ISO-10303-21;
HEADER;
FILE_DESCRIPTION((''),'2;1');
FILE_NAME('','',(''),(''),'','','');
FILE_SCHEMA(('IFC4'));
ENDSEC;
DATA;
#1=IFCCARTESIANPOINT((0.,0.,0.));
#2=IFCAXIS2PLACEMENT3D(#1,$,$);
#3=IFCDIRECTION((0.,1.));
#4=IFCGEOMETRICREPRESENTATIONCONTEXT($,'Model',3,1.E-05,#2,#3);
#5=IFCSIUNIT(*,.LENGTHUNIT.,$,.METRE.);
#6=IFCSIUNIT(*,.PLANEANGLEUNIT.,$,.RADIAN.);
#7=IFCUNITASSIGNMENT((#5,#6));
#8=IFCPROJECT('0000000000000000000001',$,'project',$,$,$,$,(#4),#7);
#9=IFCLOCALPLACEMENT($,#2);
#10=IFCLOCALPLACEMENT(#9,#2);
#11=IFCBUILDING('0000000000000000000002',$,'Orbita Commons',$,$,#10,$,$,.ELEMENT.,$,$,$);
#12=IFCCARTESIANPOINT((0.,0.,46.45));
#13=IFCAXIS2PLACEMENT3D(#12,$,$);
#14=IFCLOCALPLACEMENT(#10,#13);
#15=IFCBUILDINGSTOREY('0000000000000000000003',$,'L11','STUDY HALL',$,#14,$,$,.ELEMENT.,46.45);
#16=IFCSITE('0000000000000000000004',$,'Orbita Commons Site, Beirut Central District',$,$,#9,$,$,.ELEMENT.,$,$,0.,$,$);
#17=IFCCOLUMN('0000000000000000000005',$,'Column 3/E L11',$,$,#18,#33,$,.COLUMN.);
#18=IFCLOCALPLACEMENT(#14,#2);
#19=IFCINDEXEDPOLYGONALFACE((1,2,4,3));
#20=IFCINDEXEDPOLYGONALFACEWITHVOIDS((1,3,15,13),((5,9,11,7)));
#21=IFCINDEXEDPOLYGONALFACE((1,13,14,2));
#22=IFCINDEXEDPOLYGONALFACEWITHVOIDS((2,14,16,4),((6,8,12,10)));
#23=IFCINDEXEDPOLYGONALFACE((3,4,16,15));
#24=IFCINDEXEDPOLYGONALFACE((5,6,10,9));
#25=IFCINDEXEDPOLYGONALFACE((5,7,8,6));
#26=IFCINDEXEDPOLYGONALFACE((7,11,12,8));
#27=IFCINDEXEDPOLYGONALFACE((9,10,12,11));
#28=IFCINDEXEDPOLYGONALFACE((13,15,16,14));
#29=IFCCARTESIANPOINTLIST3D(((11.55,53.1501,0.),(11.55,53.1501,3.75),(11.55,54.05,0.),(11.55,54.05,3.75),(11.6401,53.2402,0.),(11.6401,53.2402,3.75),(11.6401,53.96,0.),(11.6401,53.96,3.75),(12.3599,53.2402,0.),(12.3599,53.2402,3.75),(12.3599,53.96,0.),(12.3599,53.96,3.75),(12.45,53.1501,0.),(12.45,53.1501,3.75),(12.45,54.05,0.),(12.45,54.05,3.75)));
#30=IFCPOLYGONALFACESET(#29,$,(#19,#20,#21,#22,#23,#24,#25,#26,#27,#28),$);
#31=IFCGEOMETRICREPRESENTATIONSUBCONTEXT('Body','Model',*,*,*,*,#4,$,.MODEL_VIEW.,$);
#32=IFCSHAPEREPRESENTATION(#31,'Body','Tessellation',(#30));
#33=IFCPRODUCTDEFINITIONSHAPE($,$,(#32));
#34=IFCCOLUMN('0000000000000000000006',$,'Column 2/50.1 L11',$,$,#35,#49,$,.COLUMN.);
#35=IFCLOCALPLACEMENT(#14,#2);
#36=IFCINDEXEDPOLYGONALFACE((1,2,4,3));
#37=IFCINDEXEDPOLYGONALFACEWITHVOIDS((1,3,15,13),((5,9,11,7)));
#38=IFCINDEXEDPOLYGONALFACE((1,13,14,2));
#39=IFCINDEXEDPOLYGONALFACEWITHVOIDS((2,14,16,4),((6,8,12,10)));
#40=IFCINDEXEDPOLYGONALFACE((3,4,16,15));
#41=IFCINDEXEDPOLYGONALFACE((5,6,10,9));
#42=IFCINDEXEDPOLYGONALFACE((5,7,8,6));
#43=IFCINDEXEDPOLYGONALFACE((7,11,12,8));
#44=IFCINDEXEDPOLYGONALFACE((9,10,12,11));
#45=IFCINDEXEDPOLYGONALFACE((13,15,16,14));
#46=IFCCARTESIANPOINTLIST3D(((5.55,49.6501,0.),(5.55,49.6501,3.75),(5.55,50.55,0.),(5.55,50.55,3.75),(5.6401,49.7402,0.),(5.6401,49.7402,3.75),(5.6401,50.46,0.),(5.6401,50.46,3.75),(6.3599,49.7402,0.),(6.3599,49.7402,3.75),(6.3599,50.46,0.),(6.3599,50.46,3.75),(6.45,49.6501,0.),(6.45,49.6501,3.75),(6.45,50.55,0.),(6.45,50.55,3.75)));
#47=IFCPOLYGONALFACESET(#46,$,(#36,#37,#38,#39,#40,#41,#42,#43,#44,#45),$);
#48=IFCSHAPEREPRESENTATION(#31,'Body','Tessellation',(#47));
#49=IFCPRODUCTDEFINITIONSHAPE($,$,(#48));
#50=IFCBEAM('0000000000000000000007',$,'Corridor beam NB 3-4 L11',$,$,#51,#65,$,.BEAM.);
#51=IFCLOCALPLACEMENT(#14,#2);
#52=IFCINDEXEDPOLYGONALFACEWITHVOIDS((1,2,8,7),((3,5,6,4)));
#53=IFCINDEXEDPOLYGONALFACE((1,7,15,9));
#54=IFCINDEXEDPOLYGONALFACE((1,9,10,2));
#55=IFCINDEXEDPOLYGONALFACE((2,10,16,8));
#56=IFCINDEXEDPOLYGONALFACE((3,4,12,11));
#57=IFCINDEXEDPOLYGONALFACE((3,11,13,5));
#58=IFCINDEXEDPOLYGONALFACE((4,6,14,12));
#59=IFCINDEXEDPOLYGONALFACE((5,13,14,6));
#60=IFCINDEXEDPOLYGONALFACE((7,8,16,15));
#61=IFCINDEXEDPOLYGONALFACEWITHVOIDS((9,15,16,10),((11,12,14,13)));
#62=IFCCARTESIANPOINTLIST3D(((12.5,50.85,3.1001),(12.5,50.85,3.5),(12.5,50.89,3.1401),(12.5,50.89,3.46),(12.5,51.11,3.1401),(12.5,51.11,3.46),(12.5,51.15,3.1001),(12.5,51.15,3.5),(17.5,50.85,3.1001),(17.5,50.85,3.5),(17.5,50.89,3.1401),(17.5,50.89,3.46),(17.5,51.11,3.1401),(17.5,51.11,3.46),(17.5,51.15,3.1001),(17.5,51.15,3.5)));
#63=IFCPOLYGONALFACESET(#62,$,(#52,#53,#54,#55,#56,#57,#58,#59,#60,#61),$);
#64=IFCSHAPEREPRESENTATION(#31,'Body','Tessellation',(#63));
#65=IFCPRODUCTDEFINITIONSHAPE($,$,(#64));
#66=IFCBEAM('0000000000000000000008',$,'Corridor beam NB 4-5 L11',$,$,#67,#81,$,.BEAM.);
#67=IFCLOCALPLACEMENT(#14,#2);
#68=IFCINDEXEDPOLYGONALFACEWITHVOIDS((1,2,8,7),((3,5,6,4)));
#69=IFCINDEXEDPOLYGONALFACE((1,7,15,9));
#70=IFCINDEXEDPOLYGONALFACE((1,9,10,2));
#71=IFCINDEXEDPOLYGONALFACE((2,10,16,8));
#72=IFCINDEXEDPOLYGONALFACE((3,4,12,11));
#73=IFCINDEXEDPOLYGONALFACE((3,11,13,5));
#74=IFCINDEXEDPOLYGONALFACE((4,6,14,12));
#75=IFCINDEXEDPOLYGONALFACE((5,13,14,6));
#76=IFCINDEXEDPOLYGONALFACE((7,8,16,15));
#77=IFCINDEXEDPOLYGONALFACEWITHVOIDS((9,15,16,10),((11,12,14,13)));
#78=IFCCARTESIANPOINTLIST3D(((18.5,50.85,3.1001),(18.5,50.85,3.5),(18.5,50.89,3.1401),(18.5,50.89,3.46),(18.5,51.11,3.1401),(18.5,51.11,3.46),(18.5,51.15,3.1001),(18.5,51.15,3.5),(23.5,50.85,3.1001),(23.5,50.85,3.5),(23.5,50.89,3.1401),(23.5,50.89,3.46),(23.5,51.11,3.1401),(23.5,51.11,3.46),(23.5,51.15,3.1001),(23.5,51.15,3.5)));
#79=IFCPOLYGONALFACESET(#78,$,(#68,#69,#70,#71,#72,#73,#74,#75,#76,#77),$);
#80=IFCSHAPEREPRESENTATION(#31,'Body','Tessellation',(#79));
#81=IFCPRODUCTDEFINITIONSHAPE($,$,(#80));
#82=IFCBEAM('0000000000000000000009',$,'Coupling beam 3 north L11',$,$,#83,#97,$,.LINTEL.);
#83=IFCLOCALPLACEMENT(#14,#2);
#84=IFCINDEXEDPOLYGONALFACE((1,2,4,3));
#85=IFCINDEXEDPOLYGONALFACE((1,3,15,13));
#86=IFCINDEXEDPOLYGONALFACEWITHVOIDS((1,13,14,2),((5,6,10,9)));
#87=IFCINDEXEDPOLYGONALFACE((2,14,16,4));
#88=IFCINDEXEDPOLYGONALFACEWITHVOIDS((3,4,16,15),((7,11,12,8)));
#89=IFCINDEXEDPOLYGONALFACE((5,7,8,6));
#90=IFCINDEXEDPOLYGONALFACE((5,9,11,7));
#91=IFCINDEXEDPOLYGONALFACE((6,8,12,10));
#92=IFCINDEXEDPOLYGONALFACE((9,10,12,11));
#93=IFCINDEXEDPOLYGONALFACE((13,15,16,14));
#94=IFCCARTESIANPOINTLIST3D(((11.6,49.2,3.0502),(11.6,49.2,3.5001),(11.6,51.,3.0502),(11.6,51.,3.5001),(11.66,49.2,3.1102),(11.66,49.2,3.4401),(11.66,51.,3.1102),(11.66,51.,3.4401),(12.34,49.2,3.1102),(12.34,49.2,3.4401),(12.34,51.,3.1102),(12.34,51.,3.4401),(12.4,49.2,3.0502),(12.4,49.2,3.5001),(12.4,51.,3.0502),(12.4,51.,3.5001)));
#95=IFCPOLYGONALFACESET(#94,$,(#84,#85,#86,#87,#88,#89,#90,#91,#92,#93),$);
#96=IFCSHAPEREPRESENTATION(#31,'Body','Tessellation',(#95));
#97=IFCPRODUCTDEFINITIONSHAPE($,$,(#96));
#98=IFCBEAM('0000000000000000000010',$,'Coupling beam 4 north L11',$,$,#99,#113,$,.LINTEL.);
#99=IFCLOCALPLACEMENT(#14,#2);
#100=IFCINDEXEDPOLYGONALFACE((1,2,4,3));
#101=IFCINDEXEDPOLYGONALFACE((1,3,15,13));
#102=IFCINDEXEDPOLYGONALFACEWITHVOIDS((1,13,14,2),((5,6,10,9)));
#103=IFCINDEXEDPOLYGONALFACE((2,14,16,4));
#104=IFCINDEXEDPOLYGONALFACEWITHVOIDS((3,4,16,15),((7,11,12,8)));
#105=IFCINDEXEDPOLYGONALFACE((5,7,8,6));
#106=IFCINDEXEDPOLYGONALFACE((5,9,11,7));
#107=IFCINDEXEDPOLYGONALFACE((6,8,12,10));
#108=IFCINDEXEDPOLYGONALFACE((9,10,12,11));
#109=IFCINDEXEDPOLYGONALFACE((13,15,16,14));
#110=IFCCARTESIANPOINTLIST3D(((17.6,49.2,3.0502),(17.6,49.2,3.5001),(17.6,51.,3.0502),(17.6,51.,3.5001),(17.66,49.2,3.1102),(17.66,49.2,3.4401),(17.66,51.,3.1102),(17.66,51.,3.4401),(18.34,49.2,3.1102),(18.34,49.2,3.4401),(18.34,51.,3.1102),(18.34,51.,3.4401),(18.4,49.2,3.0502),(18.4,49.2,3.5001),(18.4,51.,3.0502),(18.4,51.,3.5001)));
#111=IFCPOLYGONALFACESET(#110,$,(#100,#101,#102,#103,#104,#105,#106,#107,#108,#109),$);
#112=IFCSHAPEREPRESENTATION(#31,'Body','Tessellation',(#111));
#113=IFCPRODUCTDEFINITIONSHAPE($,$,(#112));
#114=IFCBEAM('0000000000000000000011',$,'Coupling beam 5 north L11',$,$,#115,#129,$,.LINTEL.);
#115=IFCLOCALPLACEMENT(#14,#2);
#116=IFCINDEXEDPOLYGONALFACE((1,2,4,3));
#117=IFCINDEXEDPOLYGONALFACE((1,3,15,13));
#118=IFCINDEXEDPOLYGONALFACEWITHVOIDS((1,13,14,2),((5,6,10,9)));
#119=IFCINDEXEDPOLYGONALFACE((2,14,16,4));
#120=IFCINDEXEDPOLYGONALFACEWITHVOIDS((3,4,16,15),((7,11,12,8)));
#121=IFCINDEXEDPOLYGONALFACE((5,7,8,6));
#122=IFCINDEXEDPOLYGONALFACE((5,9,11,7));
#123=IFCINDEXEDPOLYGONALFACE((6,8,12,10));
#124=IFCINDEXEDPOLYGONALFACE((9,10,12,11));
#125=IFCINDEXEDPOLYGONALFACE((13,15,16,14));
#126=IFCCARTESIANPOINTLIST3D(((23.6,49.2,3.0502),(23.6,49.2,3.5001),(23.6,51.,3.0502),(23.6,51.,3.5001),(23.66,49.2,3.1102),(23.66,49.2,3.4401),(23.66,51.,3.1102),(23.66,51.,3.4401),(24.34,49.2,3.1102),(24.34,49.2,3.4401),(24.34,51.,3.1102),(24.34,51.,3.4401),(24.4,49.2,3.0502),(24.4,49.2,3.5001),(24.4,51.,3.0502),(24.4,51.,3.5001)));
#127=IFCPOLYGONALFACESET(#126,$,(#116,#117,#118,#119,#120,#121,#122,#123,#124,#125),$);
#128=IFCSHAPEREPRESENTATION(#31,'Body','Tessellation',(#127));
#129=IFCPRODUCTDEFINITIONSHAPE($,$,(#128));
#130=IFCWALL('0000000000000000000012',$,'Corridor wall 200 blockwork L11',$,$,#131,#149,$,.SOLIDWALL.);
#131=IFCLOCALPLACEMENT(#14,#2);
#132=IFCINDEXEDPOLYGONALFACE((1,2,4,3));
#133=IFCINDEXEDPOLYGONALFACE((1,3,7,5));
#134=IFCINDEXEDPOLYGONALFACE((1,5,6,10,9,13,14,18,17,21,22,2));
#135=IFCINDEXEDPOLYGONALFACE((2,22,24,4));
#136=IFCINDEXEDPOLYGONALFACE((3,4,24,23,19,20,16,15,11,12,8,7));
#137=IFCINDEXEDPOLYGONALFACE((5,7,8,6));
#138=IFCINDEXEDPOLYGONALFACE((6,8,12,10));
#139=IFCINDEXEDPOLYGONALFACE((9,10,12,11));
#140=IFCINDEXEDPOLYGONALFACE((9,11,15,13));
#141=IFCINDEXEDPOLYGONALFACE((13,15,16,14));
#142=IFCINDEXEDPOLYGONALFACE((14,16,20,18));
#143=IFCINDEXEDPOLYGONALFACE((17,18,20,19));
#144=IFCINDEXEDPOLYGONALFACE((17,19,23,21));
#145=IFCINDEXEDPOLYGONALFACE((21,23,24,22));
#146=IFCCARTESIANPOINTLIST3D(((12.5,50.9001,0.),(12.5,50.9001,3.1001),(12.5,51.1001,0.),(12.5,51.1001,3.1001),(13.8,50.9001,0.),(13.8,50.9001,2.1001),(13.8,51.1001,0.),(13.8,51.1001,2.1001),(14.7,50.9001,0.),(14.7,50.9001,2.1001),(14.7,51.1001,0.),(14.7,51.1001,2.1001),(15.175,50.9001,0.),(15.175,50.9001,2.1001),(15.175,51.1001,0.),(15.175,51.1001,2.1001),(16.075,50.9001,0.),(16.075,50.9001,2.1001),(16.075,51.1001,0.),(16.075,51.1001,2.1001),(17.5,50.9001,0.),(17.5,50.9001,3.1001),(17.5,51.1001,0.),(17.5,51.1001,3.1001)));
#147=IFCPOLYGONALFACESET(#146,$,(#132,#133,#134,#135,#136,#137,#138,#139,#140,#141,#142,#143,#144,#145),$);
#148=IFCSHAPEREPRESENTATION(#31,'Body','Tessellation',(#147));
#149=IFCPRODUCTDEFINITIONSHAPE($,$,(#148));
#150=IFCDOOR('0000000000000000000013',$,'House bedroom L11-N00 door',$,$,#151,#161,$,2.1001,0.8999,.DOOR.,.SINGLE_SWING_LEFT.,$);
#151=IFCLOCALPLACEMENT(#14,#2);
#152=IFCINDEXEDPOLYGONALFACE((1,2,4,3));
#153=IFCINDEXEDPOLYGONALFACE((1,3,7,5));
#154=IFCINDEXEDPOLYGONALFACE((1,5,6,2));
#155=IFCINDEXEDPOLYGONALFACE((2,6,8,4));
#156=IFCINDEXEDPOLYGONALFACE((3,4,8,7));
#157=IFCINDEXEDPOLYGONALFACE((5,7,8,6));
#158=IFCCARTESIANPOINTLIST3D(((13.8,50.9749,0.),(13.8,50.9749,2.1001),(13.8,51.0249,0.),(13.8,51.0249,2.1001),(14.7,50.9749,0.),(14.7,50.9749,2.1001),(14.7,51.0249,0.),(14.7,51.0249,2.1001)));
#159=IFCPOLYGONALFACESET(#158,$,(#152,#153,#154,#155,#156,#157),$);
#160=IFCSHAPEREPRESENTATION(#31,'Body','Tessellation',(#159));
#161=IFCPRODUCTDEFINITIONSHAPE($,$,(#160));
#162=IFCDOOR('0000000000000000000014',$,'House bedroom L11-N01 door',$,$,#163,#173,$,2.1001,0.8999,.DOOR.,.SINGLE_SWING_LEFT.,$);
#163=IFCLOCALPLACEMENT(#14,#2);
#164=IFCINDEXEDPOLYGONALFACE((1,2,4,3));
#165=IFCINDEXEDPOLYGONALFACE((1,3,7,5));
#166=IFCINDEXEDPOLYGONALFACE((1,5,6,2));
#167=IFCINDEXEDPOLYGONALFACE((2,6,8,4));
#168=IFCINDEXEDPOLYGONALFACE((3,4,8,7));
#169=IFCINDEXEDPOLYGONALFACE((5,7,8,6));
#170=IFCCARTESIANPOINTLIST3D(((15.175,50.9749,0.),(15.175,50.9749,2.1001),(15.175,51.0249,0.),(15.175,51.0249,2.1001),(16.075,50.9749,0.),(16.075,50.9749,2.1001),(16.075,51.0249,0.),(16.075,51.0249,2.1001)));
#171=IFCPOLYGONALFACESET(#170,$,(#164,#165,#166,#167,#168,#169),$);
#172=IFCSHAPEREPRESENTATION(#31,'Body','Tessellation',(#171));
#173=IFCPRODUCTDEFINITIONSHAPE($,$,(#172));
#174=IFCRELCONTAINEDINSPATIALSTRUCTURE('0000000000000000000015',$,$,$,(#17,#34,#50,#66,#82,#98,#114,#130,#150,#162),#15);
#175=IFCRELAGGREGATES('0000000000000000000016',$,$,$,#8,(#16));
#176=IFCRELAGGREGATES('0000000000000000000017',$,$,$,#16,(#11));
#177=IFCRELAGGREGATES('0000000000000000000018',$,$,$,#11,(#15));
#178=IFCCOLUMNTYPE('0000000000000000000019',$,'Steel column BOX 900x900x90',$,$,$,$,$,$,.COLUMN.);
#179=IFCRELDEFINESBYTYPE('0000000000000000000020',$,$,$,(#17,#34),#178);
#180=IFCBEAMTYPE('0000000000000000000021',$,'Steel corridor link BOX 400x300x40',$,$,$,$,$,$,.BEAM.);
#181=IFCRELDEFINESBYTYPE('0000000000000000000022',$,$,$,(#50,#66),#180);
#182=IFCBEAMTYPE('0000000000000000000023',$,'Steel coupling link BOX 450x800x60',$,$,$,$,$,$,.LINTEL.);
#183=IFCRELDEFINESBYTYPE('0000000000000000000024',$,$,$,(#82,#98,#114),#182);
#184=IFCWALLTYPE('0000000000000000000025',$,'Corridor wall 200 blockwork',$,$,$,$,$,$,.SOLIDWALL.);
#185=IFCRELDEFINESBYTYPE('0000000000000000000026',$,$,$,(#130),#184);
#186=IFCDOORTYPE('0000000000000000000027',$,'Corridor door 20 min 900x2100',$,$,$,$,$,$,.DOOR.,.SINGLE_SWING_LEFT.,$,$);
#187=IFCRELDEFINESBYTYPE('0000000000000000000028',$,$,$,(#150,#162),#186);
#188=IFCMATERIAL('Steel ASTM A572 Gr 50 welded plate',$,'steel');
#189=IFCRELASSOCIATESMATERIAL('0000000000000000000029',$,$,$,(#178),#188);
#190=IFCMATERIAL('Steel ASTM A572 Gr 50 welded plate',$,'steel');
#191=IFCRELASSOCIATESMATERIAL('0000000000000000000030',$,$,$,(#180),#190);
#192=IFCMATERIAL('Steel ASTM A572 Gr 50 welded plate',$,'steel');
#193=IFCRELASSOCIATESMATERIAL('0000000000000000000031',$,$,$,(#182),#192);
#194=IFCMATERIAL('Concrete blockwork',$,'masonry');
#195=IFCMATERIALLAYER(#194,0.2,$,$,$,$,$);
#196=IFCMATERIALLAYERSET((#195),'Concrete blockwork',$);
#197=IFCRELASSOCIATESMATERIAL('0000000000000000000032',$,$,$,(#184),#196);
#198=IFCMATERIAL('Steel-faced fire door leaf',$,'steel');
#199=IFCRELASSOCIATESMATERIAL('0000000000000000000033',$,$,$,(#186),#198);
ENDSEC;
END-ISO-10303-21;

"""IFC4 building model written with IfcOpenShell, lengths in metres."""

from ifc_helpers import new_model, si_unit, direction, frame, frame_2d, origin, origin_2d, place, context, subcontext, project, spatial, polyline, rectangle, hollow_rectangle, outline, extrude, material, layer, layer_set, material_profile, profile_set, type_object, element, fill, save


model = new_model("IFC4")

# Units and contexts
model_context = context("Model", 3, precision=1e-05, world=origin(), true_north=direction((0.0, 1.0)))
body_context = subcontext(model_context, "Body", "Model", "MODEL_VIEW")
ifc_project = project(units=[si_unit("LENGTHUNIT", "METRE"), si_unit("PLANEANGLEUNIT", "RADIAN")], contexts=[model_context])

# Site, building, storey
site_placement = place(None, origin())
site = spatial("IfcSite", under=ifc_project, at=site_placement, Name="Orbita Commons Site, Beirut Central District", CompositionType="ELEMENT", RefElevation=0.0)
building_placement = place(site_placement, origin())
building = spatial("IfcBuilding", under=site, at=building_placement, Name="Orbita Commons", CompositionType="ELEMENT")
storey_placement = place(building_placement, frame((0.0, 0.0, 46.45)))
storey = spatial("IfcBuildingStorey", under=building, at=storey_placement, Name="L11", Description="STUDY HALL", CompositionType="ELEMENT", Elevation=46.45)

# Columns
ifc_material_1 = material(Name="Steel ASTM A572 Gr 50 welded plate", Category="steel")
ifc_material_profile_1 = material_profile(ifc_material_1, hollow_rectangle(XDim=0.8999, YDim=0.8999, WallThickness=0.0901, at=origin_2d()), Name="BOX 900x900x90")
ifc_profile_set_1 = profile_set([ifc_material_profile_1], Name="Steel ASTM A572 Gr 50 welded plate")
column_type = type_object("IfcColumnType", Name="Steel column BOX 900x900x90", PredefinedType="COLUMN", material=ifc_profile_set_1)
for number, where, z_axis, x_axis, name in (
    (1, (12.0, 53.6001, 0.0), (0.0, 0.0, 1.0), (1.0, 0.0, 0.0), "Column 3/E L11"),
    (2, (6.0, 50.1001, 0.0), (0.0, 0.0, 1.0), (1.0, 0.0, 0.0), "Column 2/50.1 L11"),
):
    element("IfcColumn", number, at=place(storey_placement, frame(where, z_axis=z_axis, x_axis=x_axis)), inside=storey, type_object=column_type, Name=name, PredefinedType="COLUMN", context=body_context, shape_type="SweptSolid", body=[
        extrude(hollow_rectangle(XDim=0.8999, YDim=0.8999, WallThickness=0.0901, at=origin_2d()), origin(), (0.0, 0.0, 1.0), 3.75),
    ])

# Beams
ifc_material_2 = material(Name="Steel ASTM A572 Gr 50 welded plate", Category="steel")
ifc_material_profile_2 = material_profile(ifc_material_2, hollow_rectangle(XDim=0.3, YDim=0.3999, WallThickness=0.04, at=origin_2d()), Name="BOX 400x300x40")
ifc_profile_set_2 = profile_set([ifc_material_profile_2], Name="Steel ASTM A572 Gr 50 welded plate")
beam_type_1 = type_object("IfcBeamType", Name="Steel corridor link BOX 400x300x40", PredefinedType="BEAM", material=ifc_profile_set_2)
for number, where, z_axis, x_axis, name in (
    (3, (12.5, 51.0, 3.3), (1.0, 0.0, 0.0), (0.0, 1.0, 0.0), "Corridor beam NB 3-4 L11"),
    (4, (18.5, 51.0, 3.3), (1.0, 0.0, 0.0), (0.0, 1.0, 0.0), "Corridor beam NB 4-5 L11"),
):
    element("IfcBeam", number, at=place(storey_placement, frame(where, z_axis=z_axis, x_axis=x_axis)), inside=storey, type_object=beam_type_1, Name=name, PredefinedType="BEAM", context=body_context, shape_type="SweptSolid", body=[
        extrude(hollow_rectangle(XDim=0.3, YDim=0.3999, WallThickness=0.04, at=origin_2d()), origin(), (0.0, 0.0, 1.0), 5.0),
    ])
ifc_material_3 = material(Name="Steel ASTM A572 Gr 50 welded plate", Category="steel")
ifc_material_profile_3 = material_profile(ifc_material_3, hollow_rectangle(XDim=0.8, YDim=0.45, WallThickness=0.0601, at=origin_2d()), Name="BOX 450x800x60")
ifc_profile_set_3 = profile_set([ifc_material_profile_3], Name="Steel ASTM A572 Gr 50 welded plate")
beam_type_2 = type_object("IfcBeamType", Name="Steel coupling link BOX 450x800x60", PredefinedType="LINTEL", material=ifc_profile_set_3)
for number, where, z_axis, x_axis, name in (
    (5, (12.0, 49.2, 3.2751), (0.0, 1.0, 0.0), (-1.0, 0.0, 0.0), "Coupling beam 3 north L11"),
    (6, (18.0, 49.2, 3.2751), (0.0, 1.0, 0.0), (-1.0, 0.0, 0.0), "Coupling beam 4 north L11"),
    (7, (24.0, 49.2, 3.2751), (0.0, 1.0, 0.0), (-1.0, 0.0, 0.0), "Coupling beam 5 north L11"),
):
    element("IfcBeam", number, at=place(storey_placement, frame(where, z_axis=z_axis, x_axis=x_axis)), inside=storey, type_object=beam_type_2, Name=name, PredefinedType="LINTEL", context=body_context, shape_type="SweptSolid", body=[
        extrude(hollow_rectangle(XDim=0.8, YDim=0.45, WallThickness=0.0601, at=origin_2d()), origin(), (0.0, 0.0, 1.0), 1.8),
    ])

# Wall, openings, doors
ifc_material_4 = material(Name="Concrete blockwork", Category="masonry")
ifc_layer_1 = layer(ifc_material_4, 0.2)
ifc_layer_set_1 = layer_set([ifc_layer_1], Name="Concrete blockwork")
wall_type_1 = type_object("IfcWallType", Name="Corridor wall 200 blockwork", PredefinedType="SOLIDWALL", material=ifc_layer_set_1)
wall_1_placement = place(storey_placement, frame((12.5, 51.0, 0.0), z_axis=(0.0, 0.0, 1.0), x_axis=(1.0, 0.0, 0.0)))
wall_1 = element("IfcWall", 8, at=wall_1_placement, inside=storey, type_object=wall_type_1, Name="Corridor wall 200 blockwork L11", PredefinedType="SOLIDWALL", context=body_context, shape_type="SweptSolid", body=[
    extrude(outline(polyline([(0.0, 0.0), (5.0, 0.0), (5.0, 3.1001), (0.0, 3.1001), (0.0, 0.0)])), frame((0.0, 0.1001, 0.0), z_axis=(0.0, -1.0, 0.0), x_axis=(1.0, 0.0, 0.0)), (0.0, 0.0, 1.0), 0.2),
])
opening_1_placement = place(wall_1_placement, frame((1.3, 0.0, 0.0)))
opening_1 = element("IfcOpeningElement", 9, at=opening_1_placement, cuts=wall_1, PredefinedType="OPENING", context=body_context, shape_type="SweptSolid", body=[
    extrude(rectangle(XDim=0.8999, YDim=2.1001, at=frame_2d((0.45, 1.05))), frame((0.0, 0.1099, 0.0), z_axis=(0.0, -1.0, 0.0), x_axis=(1.0, 0.0, 0.0)), (0.0, 0.0, 1.0), 0.22),
])
opening_2_placement = place(wall_1_placement, frame((2.675, 0.0, 0.0)))
opening_2 = element("IfcOpeningElement", 10, at=opening_2_placement, cuts=wall_1, PredefinedType="OPENING", context=body_context, shape_type="SweptSolid", body=[
    extrude(rectangle(XDim=0.8999, YDim=2.1001, at=frame_2d((0.45, 1.05))), frame((0.0, 0.1099, 0.0), z_axis=(0.0, -1.0, 0.0), x_axis=(1.0, 0.0, 0.0)), (0.0, 0.0, 1.0), 0.22),
])
ifc_material_5 = material(Name="Steel-faced fire door leaf", Category="steel")
door_type_1 = type_object("IfcDoorType", Name="Corridor door 20 min 900x2100", OperationType="SINGLE_SWING_LEFT", PredefinedType="DOOR", material=ifc_material_5)
door_1_placement = place(opening_1_placement, origin())
door_1 = element("IfcDoor", 11, at=door_1_placement, inside=storey, type_object=door_type_1, Name="House bedroom L11-N00 door", OperationType="SINGLE_SWING_LEFT", OverallHeight=2.1001, OverallWidth=0.8999, PredefinedType="DOOR", context=body_context, shape_type="SweptSolid", body=[
    extrude(rectangle(XDim=0.8999, YDim=2.1001, at=frame_2d((0.45, 1.05))), frame((0.0, 0.0249, 0.0), z_axis=(0.0, -1.0, 0.0), x_axis=(1.0, 0.0, 0.0)), (0.0, 0.0, 1.0), 0.05),
])
fill(opening_1, door_1)
door_2_placement = place(opening_2_placement, origin())
door_2 = element("IfcDoor", 12, at=door_2_placement, inside=storey, type_object=door_type_1, Name="House bedroom L11-N01 door", OperationType="SINGLE_SWING_LEFT", OverallHeight=2.1001, OverallWidth=0.8999, PredefinedType="DOOR", context=body_context, shape_type="SweptSolid", body=[
    extrude(rectangle(XDim=0.8999, YDim=2.1001, at=frame_2d((0.45, 1.05))), frame((0.0, 0.0249, 0.0), z_axis=(0.0, -1.0, 0.0), x_axis=(1.0, 0.0, 0.0)), (0.0, 0.0, 1.0), 0.05),
])
fill(opening_2, door_2)

save(model, "model.ifc")
